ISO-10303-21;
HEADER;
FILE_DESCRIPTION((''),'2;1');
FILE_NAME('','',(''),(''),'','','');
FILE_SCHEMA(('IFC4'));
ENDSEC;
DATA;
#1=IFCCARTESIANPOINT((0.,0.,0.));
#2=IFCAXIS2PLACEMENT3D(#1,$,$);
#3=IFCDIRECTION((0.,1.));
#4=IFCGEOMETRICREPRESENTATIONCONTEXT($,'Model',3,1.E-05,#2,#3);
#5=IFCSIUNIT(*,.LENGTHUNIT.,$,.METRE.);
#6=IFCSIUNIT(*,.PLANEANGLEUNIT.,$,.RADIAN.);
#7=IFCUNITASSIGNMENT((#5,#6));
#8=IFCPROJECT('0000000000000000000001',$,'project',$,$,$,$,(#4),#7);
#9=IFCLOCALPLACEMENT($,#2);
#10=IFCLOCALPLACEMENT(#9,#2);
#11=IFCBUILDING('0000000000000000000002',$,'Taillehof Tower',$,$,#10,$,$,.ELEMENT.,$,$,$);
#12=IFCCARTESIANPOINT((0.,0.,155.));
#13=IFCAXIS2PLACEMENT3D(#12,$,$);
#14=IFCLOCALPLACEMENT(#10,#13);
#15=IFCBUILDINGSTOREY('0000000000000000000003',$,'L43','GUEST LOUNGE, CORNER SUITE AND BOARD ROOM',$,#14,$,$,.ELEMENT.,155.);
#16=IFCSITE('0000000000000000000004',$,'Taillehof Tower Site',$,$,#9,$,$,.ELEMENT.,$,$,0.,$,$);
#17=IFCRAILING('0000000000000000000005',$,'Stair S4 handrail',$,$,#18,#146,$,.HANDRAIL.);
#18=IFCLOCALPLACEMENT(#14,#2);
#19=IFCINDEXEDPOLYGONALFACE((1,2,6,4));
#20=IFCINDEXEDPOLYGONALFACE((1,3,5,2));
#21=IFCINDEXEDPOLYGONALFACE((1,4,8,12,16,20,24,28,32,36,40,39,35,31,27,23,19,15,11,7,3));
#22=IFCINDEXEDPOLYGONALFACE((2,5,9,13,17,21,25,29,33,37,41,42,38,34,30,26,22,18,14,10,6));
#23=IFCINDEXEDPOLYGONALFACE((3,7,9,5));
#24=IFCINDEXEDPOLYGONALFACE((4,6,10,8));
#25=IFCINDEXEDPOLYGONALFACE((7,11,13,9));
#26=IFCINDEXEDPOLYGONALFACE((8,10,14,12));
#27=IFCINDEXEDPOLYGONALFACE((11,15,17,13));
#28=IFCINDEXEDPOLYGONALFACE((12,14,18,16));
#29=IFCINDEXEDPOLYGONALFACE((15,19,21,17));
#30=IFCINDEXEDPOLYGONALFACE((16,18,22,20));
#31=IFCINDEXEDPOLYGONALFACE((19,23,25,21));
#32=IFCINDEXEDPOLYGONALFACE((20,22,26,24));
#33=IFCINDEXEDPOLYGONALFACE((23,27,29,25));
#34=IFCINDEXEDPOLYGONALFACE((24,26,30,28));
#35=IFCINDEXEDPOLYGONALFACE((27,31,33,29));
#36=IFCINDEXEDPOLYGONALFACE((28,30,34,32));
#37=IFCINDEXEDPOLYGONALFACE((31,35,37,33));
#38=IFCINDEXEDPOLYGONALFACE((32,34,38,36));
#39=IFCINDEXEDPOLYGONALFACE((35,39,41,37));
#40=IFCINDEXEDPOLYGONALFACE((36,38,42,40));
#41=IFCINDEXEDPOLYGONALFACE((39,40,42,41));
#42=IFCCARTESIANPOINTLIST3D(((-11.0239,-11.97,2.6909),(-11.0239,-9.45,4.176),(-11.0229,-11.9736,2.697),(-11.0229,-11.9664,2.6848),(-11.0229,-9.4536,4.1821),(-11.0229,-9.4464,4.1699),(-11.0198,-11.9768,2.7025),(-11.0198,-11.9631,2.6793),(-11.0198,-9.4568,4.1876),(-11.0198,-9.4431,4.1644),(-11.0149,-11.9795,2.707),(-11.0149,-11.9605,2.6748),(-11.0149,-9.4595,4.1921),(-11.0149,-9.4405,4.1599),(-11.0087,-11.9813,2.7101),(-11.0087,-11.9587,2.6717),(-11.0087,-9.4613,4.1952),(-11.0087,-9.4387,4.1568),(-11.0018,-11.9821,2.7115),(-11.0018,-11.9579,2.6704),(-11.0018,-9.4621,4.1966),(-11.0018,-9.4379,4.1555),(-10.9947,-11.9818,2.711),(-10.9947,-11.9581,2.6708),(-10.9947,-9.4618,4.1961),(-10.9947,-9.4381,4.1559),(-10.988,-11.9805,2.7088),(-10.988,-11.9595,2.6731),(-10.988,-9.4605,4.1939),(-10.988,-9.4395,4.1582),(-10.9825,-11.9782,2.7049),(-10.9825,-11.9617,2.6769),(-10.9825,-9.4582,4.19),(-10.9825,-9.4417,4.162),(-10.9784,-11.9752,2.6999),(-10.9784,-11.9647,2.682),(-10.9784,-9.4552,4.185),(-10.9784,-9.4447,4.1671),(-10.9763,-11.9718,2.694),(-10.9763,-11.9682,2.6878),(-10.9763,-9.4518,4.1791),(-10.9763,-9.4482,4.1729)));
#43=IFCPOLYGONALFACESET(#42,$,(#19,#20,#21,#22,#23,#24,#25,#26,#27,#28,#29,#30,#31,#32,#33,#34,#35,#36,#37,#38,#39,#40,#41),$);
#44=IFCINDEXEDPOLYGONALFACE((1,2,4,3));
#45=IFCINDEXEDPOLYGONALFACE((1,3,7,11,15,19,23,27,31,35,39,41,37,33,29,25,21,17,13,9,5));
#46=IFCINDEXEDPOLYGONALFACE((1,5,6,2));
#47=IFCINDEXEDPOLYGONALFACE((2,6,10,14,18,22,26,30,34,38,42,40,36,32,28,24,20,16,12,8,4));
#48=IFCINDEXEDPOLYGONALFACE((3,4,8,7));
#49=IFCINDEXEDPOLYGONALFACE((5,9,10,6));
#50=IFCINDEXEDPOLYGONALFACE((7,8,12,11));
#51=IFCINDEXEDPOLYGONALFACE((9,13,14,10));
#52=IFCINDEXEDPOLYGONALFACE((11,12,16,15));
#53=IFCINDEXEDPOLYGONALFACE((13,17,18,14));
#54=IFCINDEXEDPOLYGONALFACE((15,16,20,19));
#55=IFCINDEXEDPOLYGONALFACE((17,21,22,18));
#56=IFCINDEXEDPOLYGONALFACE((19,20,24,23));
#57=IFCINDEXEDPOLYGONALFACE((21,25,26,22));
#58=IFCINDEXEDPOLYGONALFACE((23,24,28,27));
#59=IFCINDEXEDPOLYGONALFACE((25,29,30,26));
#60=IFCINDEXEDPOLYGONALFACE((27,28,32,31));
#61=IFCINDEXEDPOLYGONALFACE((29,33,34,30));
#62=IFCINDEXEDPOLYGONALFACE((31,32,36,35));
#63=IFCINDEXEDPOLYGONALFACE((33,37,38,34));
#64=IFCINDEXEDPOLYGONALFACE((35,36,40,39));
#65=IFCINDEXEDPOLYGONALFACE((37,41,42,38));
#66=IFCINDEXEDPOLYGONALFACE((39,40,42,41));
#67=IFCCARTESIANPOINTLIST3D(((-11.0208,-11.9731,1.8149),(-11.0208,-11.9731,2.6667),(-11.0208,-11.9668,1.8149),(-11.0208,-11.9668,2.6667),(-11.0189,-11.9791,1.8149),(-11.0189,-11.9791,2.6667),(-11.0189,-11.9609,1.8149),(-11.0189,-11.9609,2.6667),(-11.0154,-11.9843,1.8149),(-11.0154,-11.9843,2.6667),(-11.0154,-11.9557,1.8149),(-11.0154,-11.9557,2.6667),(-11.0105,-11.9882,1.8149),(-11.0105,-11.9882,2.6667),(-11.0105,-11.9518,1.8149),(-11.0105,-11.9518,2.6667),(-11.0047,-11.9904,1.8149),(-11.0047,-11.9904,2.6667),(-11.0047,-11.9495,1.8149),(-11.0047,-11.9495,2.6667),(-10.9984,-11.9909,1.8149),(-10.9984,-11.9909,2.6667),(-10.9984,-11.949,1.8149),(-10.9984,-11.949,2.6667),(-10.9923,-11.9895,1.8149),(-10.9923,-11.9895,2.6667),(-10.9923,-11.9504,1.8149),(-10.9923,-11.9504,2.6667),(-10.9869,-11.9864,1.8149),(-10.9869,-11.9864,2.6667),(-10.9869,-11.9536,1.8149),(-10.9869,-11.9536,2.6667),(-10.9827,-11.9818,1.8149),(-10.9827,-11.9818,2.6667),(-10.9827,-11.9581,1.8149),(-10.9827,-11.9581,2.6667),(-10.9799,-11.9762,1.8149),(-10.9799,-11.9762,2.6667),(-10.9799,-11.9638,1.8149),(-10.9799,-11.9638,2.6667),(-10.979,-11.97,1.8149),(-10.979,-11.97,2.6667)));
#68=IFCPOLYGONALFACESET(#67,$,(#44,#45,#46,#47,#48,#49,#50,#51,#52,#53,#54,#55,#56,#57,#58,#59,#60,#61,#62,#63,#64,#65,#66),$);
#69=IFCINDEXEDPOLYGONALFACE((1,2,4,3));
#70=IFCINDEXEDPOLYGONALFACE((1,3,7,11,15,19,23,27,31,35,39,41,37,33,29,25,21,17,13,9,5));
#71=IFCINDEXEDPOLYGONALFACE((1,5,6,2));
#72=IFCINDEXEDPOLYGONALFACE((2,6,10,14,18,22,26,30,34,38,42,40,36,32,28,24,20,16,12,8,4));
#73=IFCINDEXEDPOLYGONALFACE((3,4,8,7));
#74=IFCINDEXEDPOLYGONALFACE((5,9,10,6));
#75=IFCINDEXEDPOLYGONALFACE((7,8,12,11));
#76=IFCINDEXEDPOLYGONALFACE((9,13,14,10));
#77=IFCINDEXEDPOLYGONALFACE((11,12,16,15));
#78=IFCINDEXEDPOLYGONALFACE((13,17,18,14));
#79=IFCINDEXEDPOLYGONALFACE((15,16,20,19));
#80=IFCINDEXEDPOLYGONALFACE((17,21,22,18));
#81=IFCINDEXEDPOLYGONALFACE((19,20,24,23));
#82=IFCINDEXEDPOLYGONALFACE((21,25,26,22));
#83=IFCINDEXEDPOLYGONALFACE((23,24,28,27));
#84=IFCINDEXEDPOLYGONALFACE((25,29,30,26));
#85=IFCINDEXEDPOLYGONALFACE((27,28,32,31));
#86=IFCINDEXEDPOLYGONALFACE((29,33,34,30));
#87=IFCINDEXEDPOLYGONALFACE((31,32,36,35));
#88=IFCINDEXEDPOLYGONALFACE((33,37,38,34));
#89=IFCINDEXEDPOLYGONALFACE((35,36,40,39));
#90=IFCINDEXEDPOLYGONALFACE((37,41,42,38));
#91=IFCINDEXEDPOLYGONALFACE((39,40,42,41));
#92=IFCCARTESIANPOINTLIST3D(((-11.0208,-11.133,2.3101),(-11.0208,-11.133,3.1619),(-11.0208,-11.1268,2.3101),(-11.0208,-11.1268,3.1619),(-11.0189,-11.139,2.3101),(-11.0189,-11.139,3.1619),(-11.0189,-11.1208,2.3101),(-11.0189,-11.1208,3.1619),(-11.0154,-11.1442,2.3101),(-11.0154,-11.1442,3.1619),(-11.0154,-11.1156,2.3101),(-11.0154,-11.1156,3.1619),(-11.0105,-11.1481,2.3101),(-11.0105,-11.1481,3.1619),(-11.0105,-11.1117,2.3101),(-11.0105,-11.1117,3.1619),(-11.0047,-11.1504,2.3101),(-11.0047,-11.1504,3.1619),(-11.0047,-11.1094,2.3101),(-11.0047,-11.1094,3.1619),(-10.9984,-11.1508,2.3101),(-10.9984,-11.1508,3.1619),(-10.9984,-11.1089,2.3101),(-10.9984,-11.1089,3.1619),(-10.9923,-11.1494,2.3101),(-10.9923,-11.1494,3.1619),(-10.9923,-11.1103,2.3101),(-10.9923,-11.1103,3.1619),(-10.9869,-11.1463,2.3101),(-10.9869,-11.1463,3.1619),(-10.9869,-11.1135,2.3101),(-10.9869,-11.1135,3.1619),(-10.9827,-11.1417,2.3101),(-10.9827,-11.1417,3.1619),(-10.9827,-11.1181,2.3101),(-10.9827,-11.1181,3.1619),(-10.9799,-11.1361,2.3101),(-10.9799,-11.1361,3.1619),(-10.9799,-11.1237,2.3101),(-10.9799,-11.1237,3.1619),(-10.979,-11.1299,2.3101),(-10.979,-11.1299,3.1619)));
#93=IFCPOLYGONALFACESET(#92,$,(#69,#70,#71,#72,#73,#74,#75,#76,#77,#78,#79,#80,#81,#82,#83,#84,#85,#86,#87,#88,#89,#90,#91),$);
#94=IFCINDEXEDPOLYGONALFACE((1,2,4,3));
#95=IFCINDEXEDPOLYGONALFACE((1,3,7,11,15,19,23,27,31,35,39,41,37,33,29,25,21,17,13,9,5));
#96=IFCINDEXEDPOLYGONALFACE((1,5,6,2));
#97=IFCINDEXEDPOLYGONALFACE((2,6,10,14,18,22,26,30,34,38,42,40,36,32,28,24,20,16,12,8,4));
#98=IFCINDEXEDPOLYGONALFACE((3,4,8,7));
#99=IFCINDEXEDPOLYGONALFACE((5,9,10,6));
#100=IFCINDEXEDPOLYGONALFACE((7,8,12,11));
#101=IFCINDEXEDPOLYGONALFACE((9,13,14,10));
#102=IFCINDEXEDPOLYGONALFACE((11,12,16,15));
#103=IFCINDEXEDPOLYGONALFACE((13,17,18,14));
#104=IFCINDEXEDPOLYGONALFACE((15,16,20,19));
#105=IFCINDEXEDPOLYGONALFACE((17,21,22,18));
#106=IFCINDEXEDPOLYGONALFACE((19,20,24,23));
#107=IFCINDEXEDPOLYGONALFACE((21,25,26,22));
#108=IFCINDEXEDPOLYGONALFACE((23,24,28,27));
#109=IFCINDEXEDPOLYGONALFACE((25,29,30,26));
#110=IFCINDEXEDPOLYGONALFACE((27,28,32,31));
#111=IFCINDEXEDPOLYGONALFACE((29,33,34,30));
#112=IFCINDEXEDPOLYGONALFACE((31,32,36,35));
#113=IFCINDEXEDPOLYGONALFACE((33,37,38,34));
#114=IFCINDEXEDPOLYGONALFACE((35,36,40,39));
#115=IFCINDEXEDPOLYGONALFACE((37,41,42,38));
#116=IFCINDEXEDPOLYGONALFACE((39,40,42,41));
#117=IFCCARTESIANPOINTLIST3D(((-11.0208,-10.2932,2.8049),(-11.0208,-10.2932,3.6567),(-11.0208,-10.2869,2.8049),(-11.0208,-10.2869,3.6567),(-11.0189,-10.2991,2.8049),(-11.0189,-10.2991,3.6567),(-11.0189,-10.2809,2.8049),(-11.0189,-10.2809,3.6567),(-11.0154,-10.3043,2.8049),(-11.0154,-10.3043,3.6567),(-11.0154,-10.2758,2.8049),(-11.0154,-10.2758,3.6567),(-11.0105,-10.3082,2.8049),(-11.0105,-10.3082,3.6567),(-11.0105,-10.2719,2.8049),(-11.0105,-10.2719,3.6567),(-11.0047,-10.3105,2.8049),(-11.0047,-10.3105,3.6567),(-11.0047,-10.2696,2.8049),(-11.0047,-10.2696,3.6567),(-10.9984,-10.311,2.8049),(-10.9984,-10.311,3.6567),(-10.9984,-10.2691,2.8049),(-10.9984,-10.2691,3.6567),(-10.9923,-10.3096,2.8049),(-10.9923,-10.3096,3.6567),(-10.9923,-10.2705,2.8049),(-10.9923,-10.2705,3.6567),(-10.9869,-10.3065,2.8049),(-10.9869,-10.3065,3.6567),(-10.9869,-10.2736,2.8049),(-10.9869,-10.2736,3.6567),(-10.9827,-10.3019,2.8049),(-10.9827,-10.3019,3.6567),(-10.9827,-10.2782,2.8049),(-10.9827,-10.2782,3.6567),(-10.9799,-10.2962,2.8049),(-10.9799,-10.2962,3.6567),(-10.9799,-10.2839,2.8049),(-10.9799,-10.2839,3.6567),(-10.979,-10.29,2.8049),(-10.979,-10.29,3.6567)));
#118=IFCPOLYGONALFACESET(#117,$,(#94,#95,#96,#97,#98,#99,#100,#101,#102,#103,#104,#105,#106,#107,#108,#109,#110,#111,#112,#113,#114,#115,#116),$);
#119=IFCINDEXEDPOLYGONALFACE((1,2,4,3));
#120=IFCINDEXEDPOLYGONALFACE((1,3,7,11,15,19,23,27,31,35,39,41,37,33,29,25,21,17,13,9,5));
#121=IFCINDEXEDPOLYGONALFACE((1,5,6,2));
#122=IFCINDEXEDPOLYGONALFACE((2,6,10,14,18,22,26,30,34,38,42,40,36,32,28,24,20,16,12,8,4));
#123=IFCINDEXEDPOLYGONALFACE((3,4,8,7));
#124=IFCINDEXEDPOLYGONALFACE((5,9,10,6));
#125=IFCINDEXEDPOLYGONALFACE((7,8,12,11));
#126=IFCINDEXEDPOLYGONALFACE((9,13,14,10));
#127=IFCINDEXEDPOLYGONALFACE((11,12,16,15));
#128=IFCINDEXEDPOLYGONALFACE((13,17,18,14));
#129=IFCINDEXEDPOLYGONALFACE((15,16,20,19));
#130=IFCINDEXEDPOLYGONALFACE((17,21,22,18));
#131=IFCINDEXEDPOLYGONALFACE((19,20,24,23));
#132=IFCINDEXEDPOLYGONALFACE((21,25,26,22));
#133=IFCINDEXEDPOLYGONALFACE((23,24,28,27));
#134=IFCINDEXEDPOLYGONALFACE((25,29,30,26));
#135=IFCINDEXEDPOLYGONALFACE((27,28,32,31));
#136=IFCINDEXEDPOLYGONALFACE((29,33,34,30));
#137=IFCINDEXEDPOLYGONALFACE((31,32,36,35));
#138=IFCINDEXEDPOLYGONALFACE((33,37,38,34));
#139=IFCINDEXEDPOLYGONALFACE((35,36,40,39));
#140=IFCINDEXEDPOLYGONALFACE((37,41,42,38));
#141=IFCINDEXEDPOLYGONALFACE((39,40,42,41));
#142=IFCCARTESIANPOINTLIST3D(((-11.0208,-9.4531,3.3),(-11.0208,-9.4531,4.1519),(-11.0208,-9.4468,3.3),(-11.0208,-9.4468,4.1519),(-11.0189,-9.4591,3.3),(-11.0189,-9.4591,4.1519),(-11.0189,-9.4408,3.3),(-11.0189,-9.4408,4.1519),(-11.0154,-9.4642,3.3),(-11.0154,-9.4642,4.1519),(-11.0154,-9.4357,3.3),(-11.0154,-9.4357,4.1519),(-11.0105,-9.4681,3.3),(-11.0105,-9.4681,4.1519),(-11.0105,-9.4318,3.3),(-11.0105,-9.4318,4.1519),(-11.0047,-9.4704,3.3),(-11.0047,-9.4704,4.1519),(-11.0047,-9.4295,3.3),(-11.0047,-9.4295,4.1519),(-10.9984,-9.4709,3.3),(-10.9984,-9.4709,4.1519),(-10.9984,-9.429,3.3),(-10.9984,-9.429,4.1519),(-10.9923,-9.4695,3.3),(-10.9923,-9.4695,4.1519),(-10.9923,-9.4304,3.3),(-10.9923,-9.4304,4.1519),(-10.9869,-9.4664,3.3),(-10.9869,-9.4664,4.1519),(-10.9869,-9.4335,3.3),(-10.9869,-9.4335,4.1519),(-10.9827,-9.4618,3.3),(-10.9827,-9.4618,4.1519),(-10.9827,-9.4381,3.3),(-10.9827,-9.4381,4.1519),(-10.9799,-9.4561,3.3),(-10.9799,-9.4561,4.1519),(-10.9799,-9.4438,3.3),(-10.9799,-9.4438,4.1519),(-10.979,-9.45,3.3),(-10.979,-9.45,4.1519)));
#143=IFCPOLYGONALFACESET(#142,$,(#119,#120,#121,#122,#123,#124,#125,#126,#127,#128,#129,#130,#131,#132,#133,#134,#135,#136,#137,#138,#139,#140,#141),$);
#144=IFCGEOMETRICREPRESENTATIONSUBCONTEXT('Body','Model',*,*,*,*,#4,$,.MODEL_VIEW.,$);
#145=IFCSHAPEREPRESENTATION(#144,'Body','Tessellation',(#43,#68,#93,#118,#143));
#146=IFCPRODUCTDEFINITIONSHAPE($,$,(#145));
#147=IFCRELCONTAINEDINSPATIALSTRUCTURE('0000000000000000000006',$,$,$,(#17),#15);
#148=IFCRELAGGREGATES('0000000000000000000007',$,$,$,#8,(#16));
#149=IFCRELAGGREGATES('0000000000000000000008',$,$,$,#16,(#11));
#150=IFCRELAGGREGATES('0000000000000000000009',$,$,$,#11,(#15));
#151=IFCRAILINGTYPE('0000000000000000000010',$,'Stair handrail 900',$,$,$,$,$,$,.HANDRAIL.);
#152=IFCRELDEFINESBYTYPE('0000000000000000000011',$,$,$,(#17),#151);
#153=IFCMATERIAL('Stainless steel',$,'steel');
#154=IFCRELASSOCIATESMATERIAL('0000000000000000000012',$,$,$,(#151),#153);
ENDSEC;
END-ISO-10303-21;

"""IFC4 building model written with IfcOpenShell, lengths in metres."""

from ifc_helpers import new_model, si_unit, direction, frame, origin, origin_2d, place, context, subcontext, project, spatial, circle, extrude, material, type_object, element, save


model = new_model("IFC4")

# Units and contexts
model_context = context("Model", 3, precision=1e-05, world=origin(), true_north=direction((0.0, 1.0)))
body_context = subcontext(model_context, "Body", "Model", "MODEL_VIEW")
ifc_project = project(units=[si_unit("LENGTHUNIT", "METRE"), si_unit("PLANEANGLEUNIT", "RADIAN")], contexts=[model_context])

# Site, building, storey
site_placement = place(None, origin())
site = spatial("IfcSite", under=ifc_project, at=site_placement, Name="Taillehof Tower Site", CompositionType="ELEMENT", RefElevation=0.0)
building_placement = place(site_placement, origin())
building = spatial("IfcBuilding", under=site, at=building_placement, Name="Taillehof Tower", CompositionType="ELEMENT")
storey_placement = place(building_placement, frame((0.0, 0.0, 155.0)))
storey = spatial("IfcBuildingStorey", under=building, at=storey_placement, Name="L43", Description="GUEST LOUNGE, CORNER SUITE AND BOARD ROOM", CompositionType="ELEMENT", Elevation=155.0)

# Railing
ifc_material_1 = material(Name="Stainless steel", Category="steel")
railing_type = type_object("IfcRailingType", Name="Stair handrail 900", PredefinedType="HANDRAIL", material=ifc_material_1)
railing_placement = place(storey_placement, frame((-11.0, -11.97, 1.8149)))
element("IfcRailing", 1, at=railing_placement, inside=storey, type_object=railing_type, Name="Stair S4 handrail", PredefinedType="HANDRAIL", context=body_context, shape_type="SweptSolid", body=[
    extrude(circle(Radius=0.0239, at=origin_2d()), frame((0.0, 0.0, 0.876), z_axis=(0.0, 0.861524, 0.507717), x_axis=(-1.0, 0.0, 0.0)), (0.0, 0.0, 1.0), 2.925),
    extrude(circle(Radius=0.021, at=origin_2d()), origin(), (0.0, 0.0, 1.0), 0.8518),
    extrude(circle(Radius=0.021, at=origin_2d()), frame((0.0, 0.8401, 0.4951)), (0.0, 0.0, 1.0), 0.8518),
    extrude(circle(Radius=0.021, at=origin_2d()), frame((0.0, 1.6799, 0.99)), (0.0, 0.0, 1.0), 0.8518),
    extrude(circle(Radius=0.021, at=origin_2d()), frame((0.0, 2.52, 1.4851)), (0.0, 0.0, 1.0), 0.8518),
])

save(model, "model.ifc")
